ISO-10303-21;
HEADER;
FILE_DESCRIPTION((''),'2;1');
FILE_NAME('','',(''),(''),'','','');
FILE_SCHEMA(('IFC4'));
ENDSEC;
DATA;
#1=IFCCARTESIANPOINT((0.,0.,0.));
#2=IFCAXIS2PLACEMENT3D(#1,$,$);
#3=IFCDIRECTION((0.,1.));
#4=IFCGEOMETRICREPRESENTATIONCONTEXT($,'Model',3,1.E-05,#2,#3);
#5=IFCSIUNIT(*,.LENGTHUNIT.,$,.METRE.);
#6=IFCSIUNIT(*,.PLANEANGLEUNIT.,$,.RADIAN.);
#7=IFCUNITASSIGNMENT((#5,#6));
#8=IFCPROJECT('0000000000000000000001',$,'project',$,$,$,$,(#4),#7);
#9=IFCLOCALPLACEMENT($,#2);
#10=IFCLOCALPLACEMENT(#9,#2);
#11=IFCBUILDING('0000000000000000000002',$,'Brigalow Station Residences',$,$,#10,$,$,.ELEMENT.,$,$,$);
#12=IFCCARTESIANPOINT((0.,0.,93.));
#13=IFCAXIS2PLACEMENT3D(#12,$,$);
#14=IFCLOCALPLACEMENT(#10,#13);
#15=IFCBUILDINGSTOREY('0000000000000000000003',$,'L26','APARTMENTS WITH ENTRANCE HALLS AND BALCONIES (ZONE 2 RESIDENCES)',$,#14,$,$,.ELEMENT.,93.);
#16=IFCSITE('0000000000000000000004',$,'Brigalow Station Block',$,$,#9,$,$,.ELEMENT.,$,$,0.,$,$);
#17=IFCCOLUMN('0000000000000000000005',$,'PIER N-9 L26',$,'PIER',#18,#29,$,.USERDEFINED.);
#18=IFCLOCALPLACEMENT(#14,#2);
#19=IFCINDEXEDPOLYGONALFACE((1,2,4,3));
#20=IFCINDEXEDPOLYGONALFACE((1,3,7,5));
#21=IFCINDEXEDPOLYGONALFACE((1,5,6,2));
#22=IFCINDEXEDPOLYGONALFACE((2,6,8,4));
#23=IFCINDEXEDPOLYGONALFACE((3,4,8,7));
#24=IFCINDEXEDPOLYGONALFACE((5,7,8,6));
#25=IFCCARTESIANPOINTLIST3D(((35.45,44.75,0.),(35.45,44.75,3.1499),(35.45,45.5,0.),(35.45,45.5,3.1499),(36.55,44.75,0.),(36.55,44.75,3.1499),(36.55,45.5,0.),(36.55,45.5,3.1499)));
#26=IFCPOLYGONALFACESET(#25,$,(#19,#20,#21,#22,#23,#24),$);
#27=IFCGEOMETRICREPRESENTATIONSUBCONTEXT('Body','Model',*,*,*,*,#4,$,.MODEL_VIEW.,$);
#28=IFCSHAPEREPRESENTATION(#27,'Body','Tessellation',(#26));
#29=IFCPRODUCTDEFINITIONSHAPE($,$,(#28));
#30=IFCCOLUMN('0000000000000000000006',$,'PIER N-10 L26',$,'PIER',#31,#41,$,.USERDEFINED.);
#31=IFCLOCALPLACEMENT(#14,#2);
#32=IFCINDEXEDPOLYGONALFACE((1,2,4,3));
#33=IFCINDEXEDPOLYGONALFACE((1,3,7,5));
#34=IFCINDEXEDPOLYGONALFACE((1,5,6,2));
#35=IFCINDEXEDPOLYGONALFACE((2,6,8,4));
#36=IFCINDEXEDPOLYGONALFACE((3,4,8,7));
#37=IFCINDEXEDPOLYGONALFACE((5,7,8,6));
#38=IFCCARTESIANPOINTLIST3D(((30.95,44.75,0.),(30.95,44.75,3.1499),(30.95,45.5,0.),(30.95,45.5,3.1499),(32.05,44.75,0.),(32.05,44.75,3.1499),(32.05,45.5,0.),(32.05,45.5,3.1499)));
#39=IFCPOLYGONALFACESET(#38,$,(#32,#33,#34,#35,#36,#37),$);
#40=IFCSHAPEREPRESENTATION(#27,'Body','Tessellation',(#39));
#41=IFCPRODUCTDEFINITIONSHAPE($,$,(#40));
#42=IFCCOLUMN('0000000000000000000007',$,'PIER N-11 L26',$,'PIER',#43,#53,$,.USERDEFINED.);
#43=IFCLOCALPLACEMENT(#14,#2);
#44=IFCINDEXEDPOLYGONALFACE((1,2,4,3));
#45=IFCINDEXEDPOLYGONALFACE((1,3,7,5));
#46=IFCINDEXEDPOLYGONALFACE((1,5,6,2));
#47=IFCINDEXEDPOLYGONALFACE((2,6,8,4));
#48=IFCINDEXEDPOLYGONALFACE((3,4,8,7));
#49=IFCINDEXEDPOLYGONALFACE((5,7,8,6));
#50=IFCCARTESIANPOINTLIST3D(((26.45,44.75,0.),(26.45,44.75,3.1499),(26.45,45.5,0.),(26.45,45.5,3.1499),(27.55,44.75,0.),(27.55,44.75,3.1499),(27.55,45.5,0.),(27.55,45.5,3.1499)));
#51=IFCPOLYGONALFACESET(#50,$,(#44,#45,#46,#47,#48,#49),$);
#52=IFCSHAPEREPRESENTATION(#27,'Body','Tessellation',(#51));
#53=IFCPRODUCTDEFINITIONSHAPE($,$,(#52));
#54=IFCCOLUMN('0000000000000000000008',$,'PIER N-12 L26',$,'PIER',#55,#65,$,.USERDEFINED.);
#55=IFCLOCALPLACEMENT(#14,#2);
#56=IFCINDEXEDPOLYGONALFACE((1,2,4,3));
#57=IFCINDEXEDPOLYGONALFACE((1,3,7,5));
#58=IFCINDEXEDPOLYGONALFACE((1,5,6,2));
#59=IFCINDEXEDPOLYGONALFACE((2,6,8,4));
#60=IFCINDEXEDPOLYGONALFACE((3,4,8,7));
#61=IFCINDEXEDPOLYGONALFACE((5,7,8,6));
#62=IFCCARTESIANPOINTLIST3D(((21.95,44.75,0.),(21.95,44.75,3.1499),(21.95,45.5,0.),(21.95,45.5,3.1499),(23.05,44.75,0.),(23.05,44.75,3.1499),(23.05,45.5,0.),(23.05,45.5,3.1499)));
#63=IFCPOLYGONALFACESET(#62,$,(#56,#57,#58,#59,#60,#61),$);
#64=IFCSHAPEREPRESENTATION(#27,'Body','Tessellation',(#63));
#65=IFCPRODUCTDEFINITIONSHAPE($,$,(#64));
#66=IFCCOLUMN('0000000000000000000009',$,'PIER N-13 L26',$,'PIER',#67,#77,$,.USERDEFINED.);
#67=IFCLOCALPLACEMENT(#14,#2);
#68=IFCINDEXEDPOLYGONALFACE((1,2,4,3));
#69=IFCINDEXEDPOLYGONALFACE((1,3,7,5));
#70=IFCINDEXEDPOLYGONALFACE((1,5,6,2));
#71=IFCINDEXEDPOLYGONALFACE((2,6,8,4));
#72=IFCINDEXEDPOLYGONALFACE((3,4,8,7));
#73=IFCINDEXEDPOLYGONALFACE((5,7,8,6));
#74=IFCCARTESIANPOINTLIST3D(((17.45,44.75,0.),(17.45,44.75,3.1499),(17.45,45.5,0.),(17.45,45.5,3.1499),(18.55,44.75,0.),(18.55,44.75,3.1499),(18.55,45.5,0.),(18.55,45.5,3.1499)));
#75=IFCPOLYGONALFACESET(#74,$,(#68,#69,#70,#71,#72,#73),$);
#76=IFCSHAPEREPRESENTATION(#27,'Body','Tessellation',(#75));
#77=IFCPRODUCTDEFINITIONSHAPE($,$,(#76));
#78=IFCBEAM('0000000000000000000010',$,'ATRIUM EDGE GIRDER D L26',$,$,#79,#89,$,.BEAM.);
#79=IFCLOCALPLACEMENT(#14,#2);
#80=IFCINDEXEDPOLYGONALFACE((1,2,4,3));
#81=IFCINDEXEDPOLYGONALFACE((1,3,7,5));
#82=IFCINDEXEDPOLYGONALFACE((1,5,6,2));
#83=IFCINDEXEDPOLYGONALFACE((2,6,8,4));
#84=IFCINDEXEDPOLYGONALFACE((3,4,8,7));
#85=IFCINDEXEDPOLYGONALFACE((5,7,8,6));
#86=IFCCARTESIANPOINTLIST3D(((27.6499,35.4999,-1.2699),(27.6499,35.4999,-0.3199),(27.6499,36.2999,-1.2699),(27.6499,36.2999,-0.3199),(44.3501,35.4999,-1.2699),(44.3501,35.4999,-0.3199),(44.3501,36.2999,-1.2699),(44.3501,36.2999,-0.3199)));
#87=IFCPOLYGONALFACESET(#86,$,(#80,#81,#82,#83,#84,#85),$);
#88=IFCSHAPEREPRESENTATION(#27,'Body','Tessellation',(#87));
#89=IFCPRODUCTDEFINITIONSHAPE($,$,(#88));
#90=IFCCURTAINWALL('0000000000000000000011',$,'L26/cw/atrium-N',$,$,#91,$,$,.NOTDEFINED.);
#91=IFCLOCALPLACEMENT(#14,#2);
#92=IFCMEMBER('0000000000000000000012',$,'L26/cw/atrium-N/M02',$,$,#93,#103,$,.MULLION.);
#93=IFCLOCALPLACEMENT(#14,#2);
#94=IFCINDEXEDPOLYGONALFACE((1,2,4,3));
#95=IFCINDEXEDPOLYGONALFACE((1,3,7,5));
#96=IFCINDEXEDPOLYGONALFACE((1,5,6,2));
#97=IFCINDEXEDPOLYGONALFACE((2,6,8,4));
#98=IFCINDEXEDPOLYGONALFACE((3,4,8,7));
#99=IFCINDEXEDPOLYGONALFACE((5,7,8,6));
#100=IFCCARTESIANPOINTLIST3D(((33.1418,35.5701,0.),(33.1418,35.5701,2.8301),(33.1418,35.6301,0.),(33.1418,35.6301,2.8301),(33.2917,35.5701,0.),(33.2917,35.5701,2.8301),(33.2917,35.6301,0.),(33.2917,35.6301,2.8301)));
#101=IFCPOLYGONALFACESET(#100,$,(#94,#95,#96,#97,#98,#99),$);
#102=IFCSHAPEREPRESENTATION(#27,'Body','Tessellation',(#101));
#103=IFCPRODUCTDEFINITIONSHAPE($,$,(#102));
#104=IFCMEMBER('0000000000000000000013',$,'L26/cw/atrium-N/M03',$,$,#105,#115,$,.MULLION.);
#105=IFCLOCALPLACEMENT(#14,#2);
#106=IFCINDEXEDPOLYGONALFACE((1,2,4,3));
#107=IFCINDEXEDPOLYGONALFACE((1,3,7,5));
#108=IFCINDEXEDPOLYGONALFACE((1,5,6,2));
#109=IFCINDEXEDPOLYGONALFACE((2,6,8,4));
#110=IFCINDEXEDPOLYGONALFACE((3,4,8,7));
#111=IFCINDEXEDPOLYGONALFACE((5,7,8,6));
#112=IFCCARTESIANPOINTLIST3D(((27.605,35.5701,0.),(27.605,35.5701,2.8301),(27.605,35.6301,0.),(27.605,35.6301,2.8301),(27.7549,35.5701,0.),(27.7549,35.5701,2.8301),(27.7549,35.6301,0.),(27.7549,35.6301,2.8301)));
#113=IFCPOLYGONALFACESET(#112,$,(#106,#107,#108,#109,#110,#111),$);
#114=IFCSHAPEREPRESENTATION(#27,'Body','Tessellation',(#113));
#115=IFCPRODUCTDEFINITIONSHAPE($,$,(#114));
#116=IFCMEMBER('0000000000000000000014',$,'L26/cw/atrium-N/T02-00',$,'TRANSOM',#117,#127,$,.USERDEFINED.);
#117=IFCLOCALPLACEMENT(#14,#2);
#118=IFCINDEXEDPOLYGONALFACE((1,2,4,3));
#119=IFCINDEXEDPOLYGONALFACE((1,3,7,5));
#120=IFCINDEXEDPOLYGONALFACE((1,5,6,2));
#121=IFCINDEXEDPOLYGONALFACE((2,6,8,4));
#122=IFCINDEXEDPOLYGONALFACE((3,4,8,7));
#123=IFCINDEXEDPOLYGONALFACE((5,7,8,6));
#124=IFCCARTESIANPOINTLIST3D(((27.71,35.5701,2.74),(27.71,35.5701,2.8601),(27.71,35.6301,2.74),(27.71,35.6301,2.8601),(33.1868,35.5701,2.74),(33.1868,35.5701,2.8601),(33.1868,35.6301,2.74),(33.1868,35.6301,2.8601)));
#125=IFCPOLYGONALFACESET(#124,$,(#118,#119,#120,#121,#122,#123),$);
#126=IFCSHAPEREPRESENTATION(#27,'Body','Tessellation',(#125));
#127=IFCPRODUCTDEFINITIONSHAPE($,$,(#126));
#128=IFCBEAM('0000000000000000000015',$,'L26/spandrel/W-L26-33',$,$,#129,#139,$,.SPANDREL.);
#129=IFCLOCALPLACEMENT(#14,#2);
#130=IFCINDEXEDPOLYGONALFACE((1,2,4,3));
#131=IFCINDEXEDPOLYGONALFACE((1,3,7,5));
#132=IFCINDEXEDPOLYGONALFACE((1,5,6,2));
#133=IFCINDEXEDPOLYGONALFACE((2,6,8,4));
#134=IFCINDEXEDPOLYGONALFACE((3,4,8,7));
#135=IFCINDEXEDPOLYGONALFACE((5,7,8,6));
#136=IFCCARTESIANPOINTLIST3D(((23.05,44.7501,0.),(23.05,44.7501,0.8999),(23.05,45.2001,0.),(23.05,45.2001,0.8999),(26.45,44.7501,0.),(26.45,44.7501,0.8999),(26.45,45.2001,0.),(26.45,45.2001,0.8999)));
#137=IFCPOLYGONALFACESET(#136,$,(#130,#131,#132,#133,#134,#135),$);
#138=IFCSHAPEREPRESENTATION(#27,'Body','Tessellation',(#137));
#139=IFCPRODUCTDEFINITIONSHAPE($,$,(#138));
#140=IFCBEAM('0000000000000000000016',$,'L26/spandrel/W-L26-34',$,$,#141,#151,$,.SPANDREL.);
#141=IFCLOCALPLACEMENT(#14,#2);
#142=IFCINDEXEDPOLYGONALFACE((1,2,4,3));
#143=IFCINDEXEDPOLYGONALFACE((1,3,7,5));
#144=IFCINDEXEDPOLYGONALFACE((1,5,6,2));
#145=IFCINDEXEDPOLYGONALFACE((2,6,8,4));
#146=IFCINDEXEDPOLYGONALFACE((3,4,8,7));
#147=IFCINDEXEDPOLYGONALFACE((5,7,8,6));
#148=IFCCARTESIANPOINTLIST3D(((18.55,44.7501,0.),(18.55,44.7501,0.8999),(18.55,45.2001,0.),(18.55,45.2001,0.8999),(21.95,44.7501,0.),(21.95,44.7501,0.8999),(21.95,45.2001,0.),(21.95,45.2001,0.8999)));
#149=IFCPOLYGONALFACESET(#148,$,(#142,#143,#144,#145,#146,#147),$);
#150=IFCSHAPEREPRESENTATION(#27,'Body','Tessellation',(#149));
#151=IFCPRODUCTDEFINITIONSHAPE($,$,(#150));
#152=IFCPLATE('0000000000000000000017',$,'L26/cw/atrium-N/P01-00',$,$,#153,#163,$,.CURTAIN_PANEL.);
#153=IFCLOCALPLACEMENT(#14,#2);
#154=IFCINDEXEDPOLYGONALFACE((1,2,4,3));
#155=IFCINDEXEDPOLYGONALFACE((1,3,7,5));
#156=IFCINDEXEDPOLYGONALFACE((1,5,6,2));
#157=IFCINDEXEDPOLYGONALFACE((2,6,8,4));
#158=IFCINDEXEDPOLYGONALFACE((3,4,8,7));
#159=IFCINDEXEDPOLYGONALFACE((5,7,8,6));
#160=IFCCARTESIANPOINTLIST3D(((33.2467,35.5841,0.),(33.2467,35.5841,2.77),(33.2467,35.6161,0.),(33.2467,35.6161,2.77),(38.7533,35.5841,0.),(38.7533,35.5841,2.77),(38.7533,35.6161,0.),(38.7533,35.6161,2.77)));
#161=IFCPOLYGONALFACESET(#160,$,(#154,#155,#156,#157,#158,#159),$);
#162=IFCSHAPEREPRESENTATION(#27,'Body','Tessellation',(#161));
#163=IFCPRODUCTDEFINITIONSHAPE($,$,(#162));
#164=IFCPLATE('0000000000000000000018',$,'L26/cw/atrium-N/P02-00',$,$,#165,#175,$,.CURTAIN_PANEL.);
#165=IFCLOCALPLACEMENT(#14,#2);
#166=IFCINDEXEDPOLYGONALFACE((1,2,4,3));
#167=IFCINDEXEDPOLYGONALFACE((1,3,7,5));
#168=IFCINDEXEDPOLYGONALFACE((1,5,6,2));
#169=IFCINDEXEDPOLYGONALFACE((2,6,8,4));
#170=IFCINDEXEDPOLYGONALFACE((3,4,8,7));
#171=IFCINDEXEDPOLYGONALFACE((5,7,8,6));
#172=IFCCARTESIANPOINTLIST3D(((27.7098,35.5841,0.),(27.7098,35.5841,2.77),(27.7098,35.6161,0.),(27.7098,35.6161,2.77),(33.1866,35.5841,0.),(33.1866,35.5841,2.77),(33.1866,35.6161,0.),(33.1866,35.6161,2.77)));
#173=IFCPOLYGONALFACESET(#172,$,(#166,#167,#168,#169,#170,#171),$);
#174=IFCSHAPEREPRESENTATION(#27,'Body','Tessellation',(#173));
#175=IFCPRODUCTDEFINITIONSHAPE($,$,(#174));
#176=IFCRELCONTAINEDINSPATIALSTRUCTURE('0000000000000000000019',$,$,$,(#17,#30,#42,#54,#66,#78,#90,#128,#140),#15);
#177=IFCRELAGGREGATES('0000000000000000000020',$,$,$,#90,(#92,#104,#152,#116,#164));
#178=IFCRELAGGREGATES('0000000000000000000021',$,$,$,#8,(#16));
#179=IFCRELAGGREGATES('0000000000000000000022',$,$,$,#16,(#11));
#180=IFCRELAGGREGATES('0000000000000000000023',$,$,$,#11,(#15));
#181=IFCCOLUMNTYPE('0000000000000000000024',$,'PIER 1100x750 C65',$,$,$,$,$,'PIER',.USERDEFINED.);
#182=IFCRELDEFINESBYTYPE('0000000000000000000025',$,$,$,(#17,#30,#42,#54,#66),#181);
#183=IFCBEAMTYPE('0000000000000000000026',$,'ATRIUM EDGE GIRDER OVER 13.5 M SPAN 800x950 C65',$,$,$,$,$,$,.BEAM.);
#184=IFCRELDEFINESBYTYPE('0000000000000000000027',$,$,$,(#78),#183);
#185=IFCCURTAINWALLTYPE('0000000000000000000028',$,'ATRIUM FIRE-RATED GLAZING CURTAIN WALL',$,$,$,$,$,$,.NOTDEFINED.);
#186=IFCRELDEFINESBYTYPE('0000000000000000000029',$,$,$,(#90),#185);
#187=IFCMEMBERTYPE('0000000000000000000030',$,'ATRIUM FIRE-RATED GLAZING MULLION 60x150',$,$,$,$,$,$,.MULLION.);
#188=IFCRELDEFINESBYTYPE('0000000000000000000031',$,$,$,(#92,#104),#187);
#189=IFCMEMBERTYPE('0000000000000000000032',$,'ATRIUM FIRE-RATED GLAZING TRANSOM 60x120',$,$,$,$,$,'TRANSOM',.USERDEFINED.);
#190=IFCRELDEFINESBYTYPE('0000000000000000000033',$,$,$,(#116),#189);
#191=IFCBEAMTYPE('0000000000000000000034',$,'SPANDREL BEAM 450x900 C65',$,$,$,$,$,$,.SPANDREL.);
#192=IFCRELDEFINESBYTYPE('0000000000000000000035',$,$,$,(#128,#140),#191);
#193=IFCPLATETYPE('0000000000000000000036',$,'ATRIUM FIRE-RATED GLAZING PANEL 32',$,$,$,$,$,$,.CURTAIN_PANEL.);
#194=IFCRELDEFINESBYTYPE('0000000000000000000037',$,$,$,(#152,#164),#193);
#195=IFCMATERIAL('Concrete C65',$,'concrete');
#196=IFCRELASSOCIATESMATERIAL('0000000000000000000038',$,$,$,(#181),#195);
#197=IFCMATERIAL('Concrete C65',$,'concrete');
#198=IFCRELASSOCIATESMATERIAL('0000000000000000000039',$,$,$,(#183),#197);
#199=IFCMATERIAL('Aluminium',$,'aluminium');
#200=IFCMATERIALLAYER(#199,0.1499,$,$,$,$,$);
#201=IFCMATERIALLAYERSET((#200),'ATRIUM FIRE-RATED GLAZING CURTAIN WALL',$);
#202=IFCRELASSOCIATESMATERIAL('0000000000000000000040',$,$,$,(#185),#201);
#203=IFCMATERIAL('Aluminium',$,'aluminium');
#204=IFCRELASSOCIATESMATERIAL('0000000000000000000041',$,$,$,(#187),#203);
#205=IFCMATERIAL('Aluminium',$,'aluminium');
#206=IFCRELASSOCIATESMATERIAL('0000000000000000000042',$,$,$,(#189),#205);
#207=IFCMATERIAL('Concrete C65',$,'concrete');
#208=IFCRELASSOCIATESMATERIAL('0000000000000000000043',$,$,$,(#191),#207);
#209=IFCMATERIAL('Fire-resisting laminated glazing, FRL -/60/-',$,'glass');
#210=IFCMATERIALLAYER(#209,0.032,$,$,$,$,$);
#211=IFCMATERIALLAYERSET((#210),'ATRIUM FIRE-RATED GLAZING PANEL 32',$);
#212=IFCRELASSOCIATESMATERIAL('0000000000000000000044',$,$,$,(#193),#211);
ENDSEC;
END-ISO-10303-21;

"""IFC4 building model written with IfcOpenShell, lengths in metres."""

from ifc_helpers import new_model, si_unit, direction, frame, origin, origin_2d, place, context, subcontext, project, spatial, rectangle, extrude, material, layer, layer_set, material_profile, profile_set, type_object, element, aggregate, save


model = new_model("IFC4")

# Units and contexts
model_context = context("Model", 3, precision=1e-05, world=origin(), true_north=direction((0.0, 1.0)))
body_context = subcontext(model_context, "Body", "Model", "MODEL_VIEW")
ifc_project = project(units=[si_unit("LENGTHUNIT", "METRE"), si_unit("PLANEANGLEUNIT", "RADIAN")], contexts=[model_context])

# Site, building, storey
site_placement = place(None, origin())
site = spatial("IfcSite", under=ifc_project, at=site_placement, Name="Brigalow Station Block", CompositionType="ELEMENT", RefElevation=0.0)
building_placement = place(site_placement, origin())
building = spatial("IfcBuilding", under=site, at=building_placement, Name="Brigalow Station Residences", CompositionType="ELEMENT")
storey_placement = place(building_placement, frame((0.0, 0.0, 93.0)))
storey = spatial("IfcBuildingStorey", under=building, at=storey_placement, Name="L26", Description="APARTMENTS WITH ENTRANCE HALLS AND BALCONIES (ZONE 2 RESIDENCES)", CompositionType="ELEMENT", Elevation=93.0)

# Columns
ifc_material_1 = material(Name="Concrete C65", Category="concrete")
ifc_material_profile_1 = material_profile(ifc_material_1, rectangle(XDim=1.1001, YDim=0.75, at=origin_2d()), Name="RC1100x750")
ifc_profile_set_1 = profile_set([ifc_material_profile_1], Name="Concrete C65")
column_type = type_object("IfcColumnType", Name="PIER 1100x750 C65", ElementType="PIER", PredefinedType="USERDEFINED", material=ifc_profile_set_1)
for number, where, z_axis, x_axis, name in (
    (1, (36.0, 45.125, 0.0), (0.0, 0.0, 1.0), (-1.0, 0.0, 0.0), "PIER N-9 L26"),
    (2, (31.5, 45.125, 0.0), (0.0, 0.0, 1.0), (-1.0, 0.0, 0.0), "PIER N-10 L26"),
    (3, (27.0, 45.125, 0.0), (0.0, 0.0, 1.0), (-1.0, 0.0, 0.0), "PIER N-11 L26"),
    (4, (22.5, 45.125, 0.0), (0.0, 0.0, 1.0), (-1.0, 0.0, 0.0), "PIER N-12 L26"),
    (5, (18.0, 45.125, 0.0), (0.0, 0.0, 1.0), (-1.0, 0.0, 0.0), "PIER N-13 L26"),
):
    element("IfcColumn", number, at=place(storey_placement, frame(where, z_axis=z_axis, x_axis=x_axis)), inside=storey, type_object=column_type, Name=name, ObjectType="PIER", PredefinedType="USERDEFINED", context=body_context, shape_type="SweptSolid", body=[
        extrude(rectangle(XDim=1.1001, YDim=0.75, at=origin_2d()), origin(), (0.0, 0.0, 1.0), 3.1499),
    ])

# Beam
ifc_material_2 = material(Name="Concrete C65", Category="concrete")
ifc_material_profile_2 = material_profile(ifc_material_2, rectangle(XDim=0.8, YDim=0.95, at=origin_2d()), Name="RC800x950")
ifc_profile_set_2 = profile_set([ifc_material_profile_2], Name="Concrete C65")
beam_type_1 = type_object("IfcBeamType", Name="ATRIUM EDGE GIRDER OVER 13.5 M SPAN 800x950 C65", PredefinedType="BEAM", material=ifc_profile_set_2)
beam_placement = place(storey_placement, frame((27.6499, 35.8999, -0.7949), z_axis=(1.0, 0.0, 0.0), x_axis=(0.0, 1.0, 0.0)))
element("IfcBeam", 6, at=beam_placement, inside=storey, type_object=beam_type_1, Name="ATRIUM EDGE GIRDER D L26", PredefinedType="BEAM", context=body_context, shape_type="SweptSolid", body=[
    extrude(rectangle(XDim=0.8, YDim=0.95, at=origin_2d()), origin(), (0.0, 0.0, 1.0), 16.7002),
])

# Curtain wall, members
ifc_material_3 = material(Name="Aluminium", Category="aluminium")
ifc_layer_1 = layer(ifc_material_3, 0.1499)
ifc_layer_set_1 = layer_set([ifc_layer_1], Name="ATRIUM FIRE-RATED GLAZING CURTAIN WALL")
curtain_wall_type = type_object("IfcCurtainWallType", Name="ATRIUM FIRE-RATED GLAZING CURTAIN WALL", PredefinedType="NOTDEFINED", material=ifc_layer_set_1)
curtain_wall_placement = place(storey_placement, origin())
curtain_wall = element("IfcCurtainWall", 7, at=curtain_wall_placement, inside=storey, type_object=curtain_wall_type, Name="L26/cw/atrium-N", PredefinedType="NOTDEFINED")
ifc_material_4 = material(Name="Aluminium", Category="aluminium")
ifc_material_profile_3 = material_profile(ifc_material_4, rectangle(XDim=0.0601, YDim=0.1499, at=origin_2d()), Name="ATRIUM FIRE-RATED GLAZING MULLION 60x150")
ifc_profile_set_3 = profile_set([ifc_material_profile_3], Name="Aluminium")
member_type_1 = type_object("IfcMemberType", Name="ATRIUM FIRE-RATED GLAZING MULLION 60x150", PredefinedType="MULLION", material=ifc_profile_set_3)
member_1_placement = place(storey_placement, frame((33.2168, 35.6001, 0.0), z_axis=(0.0, 0.0, 1.0), x_axis=(0.0, -1.0, 0.0)))
member_1 = element("IfcMember", 8, at=member_1_placement, type_object=member_type_1, Name="L26/cw/atrium-N/M02", PredefinedType="MULLION", context=body_context, shape_type="SweptSolid", body=[
    extrude(rectangle(XDim=0.0601, YDim=0.1499, at=origin_2d()), origin(), (0.0, 0.0, 1.0), 2.8301),
])
member_2_placement = place(storey_placement, frame((27.6799, 35.6001, 0.0), z_axis=(0.0, 0.0, 1.0), x_axis=(0.0, -1.0, 0.0)))
member_2 = element("IfcMember", 9, at=member_2_placement, type_object=member_type_1, Name="L26/cw/atrium-N/M03", PredefinedType="MULLION", context=body_context, shape_type="SweptSolid", body=[
    extrude(rectangle(XDim=0.0601, YDim=0.1499, at=origin_2d()), origin(), (0.0, 0.0, 1.0), 2.8301),
])
ifc_material_5 = material(Name="Aluminium", Category="aluminium")
ifc_material_profile_4 = material_profile(ifc_material_5, rectangle(XDim=0.0601, YDim=0.1201, at=origin_2d()), Name="ATRIUM FIRE-RATED GLAZING TRANSOM 60x120")
ifc_profile_set_4 = profile_set([ifc_material_profile_4], Name="Aluminium")
member_type_2 = type_object("IfcMemberType", Name="ATRIUM FIRE-RATED GLAZING TRANSOM 60x120", ElementType="TRANSOM", PredefinedType="USERDEFINED", material=ifc_profile_set_4)
member_3_placement = place(storey_placement, frame((33.1868, 35.6001, 2.8), z_axis=(-1.0, 0.0, 0.0), x_axis=(0.0, -1.0, 0.0)))
member_3 = element("IfcMember", 10, at=member_3_placement, type_object=member_type_2, Name="L26/cw/atrium-N/T02-00", ObjectType="TRANSOM", PredefinedType="USERDEFINED", context=body_context, shape_type="SweptSolid", body=[
    extrude(rectangle(XDim=0.0601, YDim=0.1201, at=origin_2d()), origin(), (0.0, 0.0, 1.0), 5.4768),
])

# Beams
ifc_material_6 = material(Name="Concrete C65", Category="concrete")
ifc_material_profile_5 = material_profile(ifc_material_6, rectangle(XDim=0.45, YDim=0.8999, at=origin_2d()), Name="RC450x900")
ifc_profile_set_5 = profile_set([ifc_material_profile_5], Name="Concrete C65")
beam_type_2 = type_object("IfcBeamType", Name="SPANDREL BEAM 450x900 C65", PredefinedType="SPANDREL", material=ifc_profile_set_5)
for number, where, z_axis, x_axis, name in (
    (11, (26.45, 44.9751, 0.45), (-1.0, 0.0, 0.0), (0.0, -1.0, 0.0), "L26/spandrel/W-L26-33"),
    (12, (21.95, 44.9751, 0.45), (-1.0, 0.0, 0.0), (0.0, -1.0, 0.0), "L26/spandrel/W-L26-34"),
):
    element("IfcBeam", number, at=place(storey_placement, frame(where, z_axis=z_axis, x_axis=x_axis)), inside=storey, type_object=beam_type_2, Name=name, PredefinedType="SPANDREL", context=body_context, shape_type="SweptSolid", body=[
        extrude(rectangle(XDim=0.45, YDim=0.8999, at=origin_2d()), origin(), (0.0, 0.0, 1.0), 3.3999),
    ])

# Plates
ifc_material_7 = material(Name="Fire-resisting laminated glazing, FRL -/60/-", Category="glass")
ifc_layer_2 = layer(ifc_material_7, 0.032)
ifc_layer_set_2 = layer_set([ifc_layer_2], Name="ATRIUM FIRE-RATED GLAZING PANEL 32")
plate_type = type_object("IfcPlateType", Name="ATRIUM FIRE-RATED GLAZING PANEL 32", PredefinedType="CURTAIN_PANEL", material=ifc_layer_set_2)
plate_1_placement = place(storey_placement, frame((36.0, 35.6001, 0.0), z_axis=(0.0, 0.0, 1.0), x_axis=(-1.0, 0.0, 0.0)))
plate_1 = element("IfcPlate", 13, at=plate_1_placement, type_object=plate_type, Name="L26/cw/atrium-N/P01-00", PredefinedType="CURTAIN_PANEL", context=body_context, shape_type="SweptSolid", body=[
    extrude(rectangle(XDim=5.5066, YDim=0.032, at=origin_2d()), origin(), (0.0, 0.0, 1.0), 2.77),
])
plate_2_placement = place(storey_placement, frame((30.4482, 35.6001, 0.0), z_axis=(0.0, 0.0, 1.0), x_axis=(-1.0, 0.0, 0.0)))
plate_2 = element("IfcPlate", 14, at=plate_2_placement, type_object=plate_type, Name="L26/cw/atrium-N/P02-00", PredefinedType="CURTAIN_PANEL", context=body_context, shape_type="SweptSolid", body=[
    extrude(rectangle(XDim=5.4768, YDim=0.032, at=origin_2d()), origin(), (0.0, 0.0, 1.0), 2.77),
])
aggregate(curtain_wall, [member_1, member_2, plate_1, member_3, plate_2])

save(model, "model.ifc")
